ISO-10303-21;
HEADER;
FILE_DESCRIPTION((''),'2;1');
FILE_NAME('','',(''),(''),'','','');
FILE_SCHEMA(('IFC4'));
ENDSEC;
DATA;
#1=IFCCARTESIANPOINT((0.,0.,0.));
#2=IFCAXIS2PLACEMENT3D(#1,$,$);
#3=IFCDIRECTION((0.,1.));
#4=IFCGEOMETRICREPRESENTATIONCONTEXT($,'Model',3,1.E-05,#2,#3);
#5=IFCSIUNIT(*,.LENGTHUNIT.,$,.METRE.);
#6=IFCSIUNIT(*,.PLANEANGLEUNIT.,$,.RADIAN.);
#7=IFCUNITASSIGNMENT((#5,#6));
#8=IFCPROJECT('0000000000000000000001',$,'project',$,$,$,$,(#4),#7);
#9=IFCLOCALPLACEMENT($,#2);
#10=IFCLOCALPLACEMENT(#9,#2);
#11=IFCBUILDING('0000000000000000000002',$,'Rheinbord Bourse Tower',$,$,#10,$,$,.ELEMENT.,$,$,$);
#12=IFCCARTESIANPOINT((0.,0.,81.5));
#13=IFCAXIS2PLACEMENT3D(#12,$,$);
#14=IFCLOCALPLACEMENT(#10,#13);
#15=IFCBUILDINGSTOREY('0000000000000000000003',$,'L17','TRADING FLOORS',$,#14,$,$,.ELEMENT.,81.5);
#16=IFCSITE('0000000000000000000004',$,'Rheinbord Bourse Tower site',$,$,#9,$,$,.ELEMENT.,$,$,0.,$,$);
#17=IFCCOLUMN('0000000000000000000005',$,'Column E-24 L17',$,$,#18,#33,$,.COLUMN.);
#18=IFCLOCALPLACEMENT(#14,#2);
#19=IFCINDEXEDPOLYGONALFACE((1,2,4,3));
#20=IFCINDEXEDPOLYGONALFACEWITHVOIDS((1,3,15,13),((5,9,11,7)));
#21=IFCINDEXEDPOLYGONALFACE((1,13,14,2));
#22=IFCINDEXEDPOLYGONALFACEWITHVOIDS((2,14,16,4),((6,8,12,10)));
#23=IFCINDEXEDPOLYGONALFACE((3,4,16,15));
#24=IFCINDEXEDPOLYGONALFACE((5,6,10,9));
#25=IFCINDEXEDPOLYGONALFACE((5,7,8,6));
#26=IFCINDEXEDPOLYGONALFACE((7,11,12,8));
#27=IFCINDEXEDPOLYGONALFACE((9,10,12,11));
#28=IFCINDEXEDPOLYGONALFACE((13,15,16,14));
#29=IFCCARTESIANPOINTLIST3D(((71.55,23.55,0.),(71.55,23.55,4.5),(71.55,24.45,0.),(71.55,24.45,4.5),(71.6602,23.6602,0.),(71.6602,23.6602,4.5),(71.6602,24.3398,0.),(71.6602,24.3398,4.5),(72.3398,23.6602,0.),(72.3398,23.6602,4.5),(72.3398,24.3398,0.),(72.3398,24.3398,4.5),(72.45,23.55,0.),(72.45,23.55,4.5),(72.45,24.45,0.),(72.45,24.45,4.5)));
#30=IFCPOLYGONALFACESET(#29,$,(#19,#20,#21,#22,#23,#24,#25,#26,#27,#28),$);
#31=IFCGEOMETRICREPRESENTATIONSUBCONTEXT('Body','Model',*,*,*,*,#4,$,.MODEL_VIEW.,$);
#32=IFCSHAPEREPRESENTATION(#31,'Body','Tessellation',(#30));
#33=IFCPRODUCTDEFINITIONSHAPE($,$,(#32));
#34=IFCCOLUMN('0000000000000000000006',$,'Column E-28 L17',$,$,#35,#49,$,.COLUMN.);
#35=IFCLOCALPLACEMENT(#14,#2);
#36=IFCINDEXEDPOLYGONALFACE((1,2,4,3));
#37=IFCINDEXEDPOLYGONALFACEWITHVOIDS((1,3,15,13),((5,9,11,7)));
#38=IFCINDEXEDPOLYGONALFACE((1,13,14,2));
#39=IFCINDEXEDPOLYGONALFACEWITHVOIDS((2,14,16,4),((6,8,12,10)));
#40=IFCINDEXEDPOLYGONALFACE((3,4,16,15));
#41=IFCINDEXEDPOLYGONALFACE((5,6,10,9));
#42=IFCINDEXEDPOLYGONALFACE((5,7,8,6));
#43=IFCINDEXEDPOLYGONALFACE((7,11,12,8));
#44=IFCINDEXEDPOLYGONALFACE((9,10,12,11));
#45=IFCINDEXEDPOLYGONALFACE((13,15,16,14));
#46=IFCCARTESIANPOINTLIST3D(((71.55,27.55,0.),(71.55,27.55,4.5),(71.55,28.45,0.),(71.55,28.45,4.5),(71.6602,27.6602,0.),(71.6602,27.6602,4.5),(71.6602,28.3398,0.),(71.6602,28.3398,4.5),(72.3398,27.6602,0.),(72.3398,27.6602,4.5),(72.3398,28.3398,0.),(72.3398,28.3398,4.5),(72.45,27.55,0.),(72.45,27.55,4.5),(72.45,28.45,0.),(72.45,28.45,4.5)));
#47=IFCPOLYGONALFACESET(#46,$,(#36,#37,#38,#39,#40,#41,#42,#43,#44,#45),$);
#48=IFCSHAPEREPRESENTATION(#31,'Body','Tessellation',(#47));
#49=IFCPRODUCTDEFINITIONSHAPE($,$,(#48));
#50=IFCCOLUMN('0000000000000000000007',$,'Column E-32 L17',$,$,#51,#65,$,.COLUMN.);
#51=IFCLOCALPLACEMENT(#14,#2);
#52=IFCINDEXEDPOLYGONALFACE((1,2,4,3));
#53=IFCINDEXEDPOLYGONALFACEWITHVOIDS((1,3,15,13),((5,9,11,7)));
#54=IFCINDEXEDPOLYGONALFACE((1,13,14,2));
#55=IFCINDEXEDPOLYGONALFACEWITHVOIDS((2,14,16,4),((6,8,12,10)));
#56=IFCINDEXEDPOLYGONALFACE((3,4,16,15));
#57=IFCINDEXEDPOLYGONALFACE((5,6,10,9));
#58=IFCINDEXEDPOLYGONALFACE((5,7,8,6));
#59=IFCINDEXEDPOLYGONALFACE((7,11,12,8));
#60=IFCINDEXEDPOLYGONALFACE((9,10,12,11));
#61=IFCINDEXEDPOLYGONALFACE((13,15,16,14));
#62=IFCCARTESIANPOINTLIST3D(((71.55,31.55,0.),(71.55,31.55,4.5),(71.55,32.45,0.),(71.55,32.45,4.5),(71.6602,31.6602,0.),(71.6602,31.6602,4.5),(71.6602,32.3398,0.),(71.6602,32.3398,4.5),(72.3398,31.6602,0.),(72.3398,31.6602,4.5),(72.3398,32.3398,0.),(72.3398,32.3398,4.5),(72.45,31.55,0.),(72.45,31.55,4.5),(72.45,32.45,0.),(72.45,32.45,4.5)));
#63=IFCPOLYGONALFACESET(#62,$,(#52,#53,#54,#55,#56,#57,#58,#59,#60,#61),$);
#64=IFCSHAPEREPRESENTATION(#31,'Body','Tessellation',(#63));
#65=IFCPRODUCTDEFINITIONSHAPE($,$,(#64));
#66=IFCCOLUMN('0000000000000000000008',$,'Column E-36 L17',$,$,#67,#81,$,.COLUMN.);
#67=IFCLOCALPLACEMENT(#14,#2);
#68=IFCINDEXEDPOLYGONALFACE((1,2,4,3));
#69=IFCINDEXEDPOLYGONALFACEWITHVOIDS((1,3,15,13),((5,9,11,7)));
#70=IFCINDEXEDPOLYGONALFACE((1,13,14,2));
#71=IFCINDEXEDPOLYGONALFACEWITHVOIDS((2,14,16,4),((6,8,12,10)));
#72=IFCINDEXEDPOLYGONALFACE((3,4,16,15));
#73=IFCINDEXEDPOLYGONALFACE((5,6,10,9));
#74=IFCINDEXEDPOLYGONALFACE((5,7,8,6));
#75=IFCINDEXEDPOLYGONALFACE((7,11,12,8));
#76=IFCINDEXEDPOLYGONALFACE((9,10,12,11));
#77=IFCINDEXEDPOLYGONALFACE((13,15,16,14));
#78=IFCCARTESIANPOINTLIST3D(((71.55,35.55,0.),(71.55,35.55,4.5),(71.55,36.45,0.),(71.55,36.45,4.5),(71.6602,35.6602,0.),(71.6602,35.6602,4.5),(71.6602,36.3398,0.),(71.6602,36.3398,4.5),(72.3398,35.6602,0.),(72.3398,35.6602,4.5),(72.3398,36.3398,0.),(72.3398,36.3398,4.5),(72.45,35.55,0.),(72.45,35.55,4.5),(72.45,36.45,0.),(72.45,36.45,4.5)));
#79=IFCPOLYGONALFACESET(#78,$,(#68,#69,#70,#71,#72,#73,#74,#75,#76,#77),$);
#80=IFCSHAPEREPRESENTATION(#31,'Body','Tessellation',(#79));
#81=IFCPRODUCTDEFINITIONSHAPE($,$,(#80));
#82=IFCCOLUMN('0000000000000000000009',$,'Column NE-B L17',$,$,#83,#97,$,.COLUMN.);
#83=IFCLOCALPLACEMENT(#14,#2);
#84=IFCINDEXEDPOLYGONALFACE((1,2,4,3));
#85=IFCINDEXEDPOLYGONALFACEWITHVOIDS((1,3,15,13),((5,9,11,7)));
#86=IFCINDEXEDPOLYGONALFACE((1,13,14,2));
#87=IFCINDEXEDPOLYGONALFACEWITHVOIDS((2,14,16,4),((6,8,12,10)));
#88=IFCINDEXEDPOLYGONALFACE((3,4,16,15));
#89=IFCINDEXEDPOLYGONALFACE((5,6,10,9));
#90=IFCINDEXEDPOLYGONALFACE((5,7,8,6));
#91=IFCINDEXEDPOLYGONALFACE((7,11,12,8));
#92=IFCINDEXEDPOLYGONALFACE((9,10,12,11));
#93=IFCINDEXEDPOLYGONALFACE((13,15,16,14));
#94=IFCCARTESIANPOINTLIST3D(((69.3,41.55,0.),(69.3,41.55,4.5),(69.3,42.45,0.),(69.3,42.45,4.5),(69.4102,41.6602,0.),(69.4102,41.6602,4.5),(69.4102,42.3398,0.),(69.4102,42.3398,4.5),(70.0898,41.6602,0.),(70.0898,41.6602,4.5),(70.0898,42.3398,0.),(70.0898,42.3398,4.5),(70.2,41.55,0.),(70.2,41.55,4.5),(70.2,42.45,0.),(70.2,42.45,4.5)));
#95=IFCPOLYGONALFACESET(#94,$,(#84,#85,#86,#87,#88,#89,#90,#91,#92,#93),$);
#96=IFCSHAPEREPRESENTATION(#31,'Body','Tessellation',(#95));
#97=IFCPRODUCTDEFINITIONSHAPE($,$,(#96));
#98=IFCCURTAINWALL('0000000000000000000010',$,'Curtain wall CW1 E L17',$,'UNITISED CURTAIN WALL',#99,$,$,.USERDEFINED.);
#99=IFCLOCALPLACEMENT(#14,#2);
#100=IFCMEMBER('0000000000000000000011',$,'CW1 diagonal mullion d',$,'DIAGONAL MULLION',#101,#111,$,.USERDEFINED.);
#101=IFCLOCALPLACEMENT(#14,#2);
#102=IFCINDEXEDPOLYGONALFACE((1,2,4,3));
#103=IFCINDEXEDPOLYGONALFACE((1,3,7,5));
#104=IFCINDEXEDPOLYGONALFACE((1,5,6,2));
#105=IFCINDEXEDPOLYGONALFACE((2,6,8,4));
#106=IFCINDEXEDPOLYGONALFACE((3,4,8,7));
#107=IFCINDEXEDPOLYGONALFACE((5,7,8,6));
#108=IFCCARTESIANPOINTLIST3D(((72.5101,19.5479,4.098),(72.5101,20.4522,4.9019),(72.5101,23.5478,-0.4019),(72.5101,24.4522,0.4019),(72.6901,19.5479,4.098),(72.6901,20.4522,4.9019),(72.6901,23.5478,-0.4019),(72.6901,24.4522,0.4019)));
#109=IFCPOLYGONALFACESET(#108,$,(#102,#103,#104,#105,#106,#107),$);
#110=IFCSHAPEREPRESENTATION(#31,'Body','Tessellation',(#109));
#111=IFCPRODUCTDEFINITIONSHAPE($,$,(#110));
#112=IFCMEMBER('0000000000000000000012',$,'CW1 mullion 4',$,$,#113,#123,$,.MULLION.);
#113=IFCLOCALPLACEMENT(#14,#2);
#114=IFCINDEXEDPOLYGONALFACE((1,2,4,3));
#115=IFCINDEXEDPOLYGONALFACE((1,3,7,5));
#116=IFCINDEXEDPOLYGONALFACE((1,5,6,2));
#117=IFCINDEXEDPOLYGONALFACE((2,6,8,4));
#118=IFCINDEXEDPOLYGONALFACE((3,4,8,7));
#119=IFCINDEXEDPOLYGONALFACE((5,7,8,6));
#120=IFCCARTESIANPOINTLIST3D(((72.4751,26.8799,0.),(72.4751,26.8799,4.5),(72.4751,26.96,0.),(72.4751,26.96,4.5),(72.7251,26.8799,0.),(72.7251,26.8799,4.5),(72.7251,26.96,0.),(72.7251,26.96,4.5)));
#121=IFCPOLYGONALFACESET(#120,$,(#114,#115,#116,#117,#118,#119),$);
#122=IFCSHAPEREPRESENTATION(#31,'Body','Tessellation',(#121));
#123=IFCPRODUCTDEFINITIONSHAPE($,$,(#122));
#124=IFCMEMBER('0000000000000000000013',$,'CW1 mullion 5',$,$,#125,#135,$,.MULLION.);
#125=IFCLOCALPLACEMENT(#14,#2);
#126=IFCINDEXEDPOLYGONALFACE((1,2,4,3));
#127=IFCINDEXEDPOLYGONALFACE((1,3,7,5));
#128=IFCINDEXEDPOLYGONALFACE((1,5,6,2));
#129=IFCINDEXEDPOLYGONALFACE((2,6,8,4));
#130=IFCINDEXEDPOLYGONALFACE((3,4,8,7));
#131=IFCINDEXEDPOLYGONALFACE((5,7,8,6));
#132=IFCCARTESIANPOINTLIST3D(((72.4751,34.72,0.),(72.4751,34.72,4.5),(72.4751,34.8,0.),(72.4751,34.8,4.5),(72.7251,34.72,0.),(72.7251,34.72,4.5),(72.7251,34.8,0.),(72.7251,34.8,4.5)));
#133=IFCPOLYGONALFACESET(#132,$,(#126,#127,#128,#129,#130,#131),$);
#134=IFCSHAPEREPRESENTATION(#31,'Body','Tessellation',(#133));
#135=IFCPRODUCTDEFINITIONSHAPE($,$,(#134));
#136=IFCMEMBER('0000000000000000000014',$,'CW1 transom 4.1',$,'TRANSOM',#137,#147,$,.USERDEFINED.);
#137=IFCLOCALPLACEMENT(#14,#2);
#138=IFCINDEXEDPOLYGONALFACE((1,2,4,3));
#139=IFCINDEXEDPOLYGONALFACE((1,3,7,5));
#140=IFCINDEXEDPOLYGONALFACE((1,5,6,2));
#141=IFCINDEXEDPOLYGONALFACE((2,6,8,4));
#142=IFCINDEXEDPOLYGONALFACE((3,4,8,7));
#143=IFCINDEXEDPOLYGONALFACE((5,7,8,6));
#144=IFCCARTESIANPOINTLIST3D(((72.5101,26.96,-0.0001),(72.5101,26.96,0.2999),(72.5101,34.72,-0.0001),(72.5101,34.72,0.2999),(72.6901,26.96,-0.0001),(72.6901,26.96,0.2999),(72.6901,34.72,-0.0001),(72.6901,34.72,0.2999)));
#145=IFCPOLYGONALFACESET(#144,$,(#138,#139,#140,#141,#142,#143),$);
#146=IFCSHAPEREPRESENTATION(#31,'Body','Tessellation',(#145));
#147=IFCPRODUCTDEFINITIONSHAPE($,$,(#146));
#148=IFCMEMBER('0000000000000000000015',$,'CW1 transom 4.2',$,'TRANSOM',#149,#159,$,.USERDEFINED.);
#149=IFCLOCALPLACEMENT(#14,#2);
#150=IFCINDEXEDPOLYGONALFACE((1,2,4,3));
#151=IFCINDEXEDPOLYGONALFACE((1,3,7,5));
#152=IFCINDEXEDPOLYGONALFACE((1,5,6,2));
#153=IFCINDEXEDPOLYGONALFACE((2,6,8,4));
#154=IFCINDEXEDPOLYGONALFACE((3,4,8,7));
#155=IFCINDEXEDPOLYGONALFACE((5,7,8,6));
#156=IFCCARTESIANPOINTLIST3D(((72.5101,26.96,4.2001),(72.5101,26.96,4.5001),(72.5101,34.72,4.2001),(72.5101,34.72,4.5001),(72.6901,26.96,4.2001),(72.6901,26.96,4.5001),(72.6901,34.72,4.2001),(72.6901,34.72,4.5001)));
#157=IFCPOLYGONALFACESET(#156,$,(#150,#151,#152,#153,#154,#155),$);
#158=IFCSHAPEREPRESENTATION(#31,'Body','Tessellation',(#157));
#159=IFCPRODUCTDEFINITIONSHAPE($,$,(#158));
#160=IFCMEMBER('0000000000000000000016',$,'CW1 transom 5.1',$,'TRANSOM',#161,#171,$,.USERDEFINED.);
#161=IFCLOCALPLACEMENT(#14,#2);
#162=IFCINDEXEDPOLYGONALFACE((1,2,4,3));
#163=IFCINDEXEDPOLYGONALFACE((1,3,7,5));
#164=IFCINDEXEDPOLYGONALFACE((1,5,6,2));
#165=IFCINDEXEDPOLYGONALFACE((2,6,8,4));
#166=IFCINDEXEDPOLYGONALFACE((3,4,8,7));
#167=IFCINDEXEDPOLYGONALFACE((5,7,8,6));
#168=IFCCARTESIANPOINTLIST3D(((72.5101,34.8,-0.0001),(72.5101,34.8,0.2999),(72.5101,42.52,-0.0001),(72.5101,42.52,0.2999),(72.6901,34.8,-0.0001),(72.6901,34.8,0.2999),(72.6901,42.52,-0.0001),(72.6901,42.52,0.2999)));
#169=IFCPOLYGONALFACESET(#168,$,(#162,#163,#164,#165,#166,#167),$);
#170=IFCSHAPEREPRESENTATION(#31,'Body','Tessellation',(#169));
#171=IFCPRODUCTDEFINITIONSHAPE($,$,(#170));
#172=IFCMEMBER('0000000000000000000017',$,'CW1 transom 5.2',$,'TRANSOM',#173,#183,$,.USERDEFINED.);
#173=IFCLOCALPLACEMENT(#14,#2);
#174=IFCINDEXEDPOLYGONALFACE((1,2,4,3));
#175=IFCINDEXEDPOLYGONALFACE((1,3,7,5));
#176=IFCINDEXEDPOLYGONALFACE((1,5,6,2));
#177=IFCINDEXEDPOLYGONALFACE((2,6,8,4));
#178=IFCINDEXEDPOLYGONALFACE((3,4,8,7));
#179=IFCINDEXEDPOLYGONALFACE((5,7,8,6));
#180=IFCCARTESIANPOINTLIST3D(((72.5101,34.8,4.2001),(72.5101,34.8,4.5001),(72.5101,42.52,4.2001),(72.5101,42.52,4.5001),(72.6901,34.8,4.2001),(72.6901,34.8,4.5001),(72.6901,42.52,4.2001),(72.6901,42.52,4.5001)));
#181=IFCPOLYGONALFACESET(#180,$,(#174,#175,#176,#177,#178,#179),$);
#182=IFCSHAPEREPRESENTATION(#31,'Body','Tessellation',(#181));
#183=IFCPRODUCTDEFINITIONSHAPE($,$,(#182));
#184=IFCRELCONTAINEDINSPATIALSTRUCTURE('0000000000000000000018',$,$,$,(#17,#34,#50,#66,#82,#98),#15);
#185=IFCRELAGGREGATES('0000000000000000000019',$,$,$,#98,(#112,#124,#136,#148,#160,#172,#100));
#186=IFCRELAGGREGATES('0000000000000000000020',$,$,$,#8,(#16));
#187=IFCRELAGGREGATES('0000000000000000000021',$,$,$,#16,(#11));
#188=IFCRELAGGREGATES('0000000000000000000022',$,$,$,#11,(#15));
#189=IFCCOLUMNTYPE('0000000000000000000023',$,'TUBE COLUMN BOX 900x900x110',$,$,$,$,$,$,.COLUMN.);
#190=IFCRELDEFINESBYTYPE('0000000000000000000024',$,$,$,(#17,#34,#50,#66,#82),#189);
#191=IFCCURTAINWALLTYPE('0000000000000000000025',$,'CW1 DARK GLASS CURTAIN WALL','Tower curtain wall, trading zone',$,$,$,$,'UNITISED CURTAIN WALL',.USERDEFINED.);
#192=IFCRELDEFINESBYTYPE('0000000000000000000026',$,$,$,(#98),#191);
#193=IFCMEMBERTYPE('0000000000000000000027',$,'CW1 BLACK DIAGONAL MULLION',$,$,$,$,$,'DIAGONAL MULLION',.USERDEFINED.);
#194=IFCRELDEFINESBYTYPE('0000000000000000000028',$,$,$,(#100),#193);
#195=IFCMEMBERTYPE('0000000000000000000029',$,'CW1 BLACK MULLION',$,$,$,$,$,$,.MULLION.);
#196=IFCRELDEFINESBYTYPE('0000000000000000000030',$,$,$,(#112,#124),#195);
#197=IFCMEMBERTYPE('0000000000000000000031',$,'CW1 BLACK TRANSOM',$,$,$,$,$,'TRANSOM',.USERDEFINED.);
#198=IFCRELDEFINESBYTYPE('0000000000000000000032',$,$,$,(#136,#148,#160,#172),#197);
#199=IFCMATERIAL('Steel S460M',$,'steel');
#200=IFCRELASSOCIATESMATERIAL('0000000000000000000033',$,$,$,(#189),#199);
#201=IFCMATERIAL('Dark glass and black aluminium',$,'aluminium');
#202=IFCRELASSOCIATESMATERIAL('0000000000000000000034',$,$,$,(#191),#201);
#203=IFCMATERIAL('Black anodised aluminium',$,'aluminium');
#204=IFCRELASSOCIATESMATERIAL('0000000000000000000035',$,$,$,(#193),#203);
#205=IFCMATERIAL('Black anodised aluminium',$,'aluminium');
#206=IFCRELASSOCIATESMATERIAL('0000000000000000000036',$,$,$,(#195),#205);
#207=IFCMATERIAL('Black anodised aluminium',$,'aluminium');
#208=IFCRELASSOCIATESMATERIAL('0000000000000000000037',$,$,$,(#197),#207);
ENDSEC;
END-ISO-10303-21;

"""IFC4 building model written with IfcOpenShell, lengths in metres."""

from ifc_helpers import new_model, si_unit, direction, frame, origin, origin_2d, place, context, subcontext, project, spatial, rectangle, hollow_rectangle, extrude, material, material_profile, profile_set, type_object, element, aggregate, save


model = new_model("IFC4")

# Units and contexts
model_context = context("Model", 3, precision=1e-05, world=origin(), true_north=direction((0.0, 1.0)))
body_context = subcontext(model_context, "Body", "Model", "MODEL_VIEW")
ifc_project = project(units=[si_unit("LENGTHUNIT", "METRE"), si_unit("PLANEANGLEUNIT", "RADIAN")], contexts=[model_context])

# Site, building, storey
site_placement = place(None, origin())
site = spatial("IfcSite", under=ifc_project, at=site_placement, Name="Rheinbord Bourse Tower site", CompositionType="ELEMENT", RefElevation=0.0)
building_placement = place(site_placement, origin())
building = spatial("IfcBuilding", under=site, at=building_placement, Name="Rheinbord Bourse Tower", CompositionType="ELEMENT")
storey_placement = place(building_placement, frame((0.0, 0.0, 81.5)))
storey = spatial("IfcBuildingStorey", under=building, at=storey_placement, Name="L17", Description="TRADING FLOORS", CompositionType="ELEMENT", Elevation=81.5)

# Columns
ifc_material_1 = material(Name="Steel S460M", Category="steel")
ifc_material_profile_1 = material_profile(ifc_material_1, hollow_rectangle(XDim=0.8999, YDim=0.8999, WallThickness=0.1101, at=origin_2d()), Name="BOX 900x900x110")
ifc_profile_set_1 = profile_set([ifc_material_profile_1], Name="Steel S460M")
column_type = type_object("IfcColumnType", Name="TUBE COLUMN BOX 900x900x110", PredefinedType="COLUMN", material=ifc_profile_set_1)
for number, where, z_axis, x_axis, name in (
    (1, (72.0, 24.0, 0.0), (0.0, 0.0, 1.0), (1.0, 0.0, 0.0), "Column E-24 L17"),
    (2, (72.0, 28.0, 0.0), (0.0, 0.0, 1.0), (1.0, 0.0, 0.0), "Column E-28 L17"),
    (3, (72.0, 32.0, 0.0), (0.0, 0.0, 1.0), (1.0, 0.0, 0.0), "Column E-32 L17"),
    (4, (72.0, 36.0, 0.0), (0.0, 0.0, 1.0), (1.0, 0.0, 0.0), "Column E-36 L17"),
    (5, (69.75, 42.0, 0.0), (0.0, 0.0, 1.0), (1.0, 0.0, 0.0), "Column NE-B L17"),
):
    element("IfcColumn", number, at=place(storey_placement, frame(where, z_axis=z_axis, x_axis=x_axis)), inside=storey, type_object=column_type, Name=name, PredefinedType="COLUMN", context=body_context, shape_type="SweptSolid", body=[
        extrude(hollow_rectangle(XDim=0.8999, YDim=0.8999, WallThickness=0.1101, at=origin_2d()), origin(), (0.0, 0.0, 1.0), 4.5),
    ])

# Curtain wall, members
ifc_material_2 = material(Name="Dark glass and black aluminium", Category="aluminium")
curtain_wall_type = type_object("IfcCurtainWallType", Name="CW1 DARK GLASS CURTAIN WALL", Description="Tower curtain wall, trading zone", ElementType="UNITISED CURTAIN WALL", PredefinedType="USERDEFINED", material=ifc_material_2)
curtain_wall_placement = place(storey_placement, origin())
curtain_wall = element("IfcCurtainWall", 6, at=curtain_wall_placement, inside=storey, type_object=curtain_wall_type, Name="Curtain wall CW1 E L17", ObjectType="UNITISED CURTAIN WALL", PredefinedType="USERDEFINED")
ifc_material_3 = material(Name="Black anodised aluminium", Category="aluminium")
ifc_material_profile_2 = material_profile(ifc_material_3, rectangle(XDim=0.1799, YDim=1.21, at=origin_2d()), Name="CW1 DIAGONAL MULLION 1210x180")
ifc_profile_set_2 = profile_set([ifc_material_profile_2], Name="Black anodised aluminium")
member_type_1 = type_object("IfcMemberType", Name="CW1 BLACK DIAGONAL MULLION", ElementType="DIAGONAL MULLION", PredefinedType="USERDEFINED", material=ifc_profile_set_2)
member_1_placement = place(storey_placement, frame((72.6001, 24.0, 0.0), z_axis=(0.0, -0.664364, 0.747409), x_axis=(1.0, 0.0, 0.0)))
member_1 = element("IfcMember", 7, at=member_1_placement, type_object=member_type_1, Name="CW1 diagonal mullion d", ObjectType="DIAGONAL MULLION", PredefinedType="USERDEFINED", context=body_context, shape_type="SweptSolid", body=[
    extrude(rectangle(XDim=0.1799, YDim=1.21, at=origin_2d()), origin(), (0.0, 0.0, 1.0), 6.0208),
])
ifc_material_4 = material(Name="Black anodised aluminium", Category="aluminium")
ifc_material_profile_3 = material_profile(ifc_material_4, rectangle(XDim=0.25, YDim=0.0801, at=origin_2d()), Name="CW1 MULLION 80x250")
ifc_profile_set_3 = profile_set([ifc_material_profile_3], Name="Black anodised aluminium")
member_type_2 = type_object("IfcMemberType", Name="CW1 BLACK MULLION", PredefinedType="MULLION", material=ifc_profile_set_3)
member_2_placement = place(storey_placement, frame((72.6001, 26.9199, 0.0), z_axis=(0.0, 0.0, 1.0), x_axis=(-1.0, 0.0, 0.0)))
member_2 = element("IfcMember", 8, at=member_2_placement, type_object=member_type_2, Name="CW1 mullion 4", PredefinedType="MULLION", context=body_context, shape_type="SweptSolid", body=[
    extrude(rectangle(XDim=0.25, YDim=0.0801, at=origin_2d()), origin(), (0.0, 0.0, 1.0), 4.5),
])
member_3_placement = place(storey_placement, frame((72.6001, 34.76, 0.0), z_axis=(0.0, 0.0, 1.0), x_axis=(-1.0, 0.0, 0.0)))
member_3 = element("IfcMember", 9, at=member_3_placement, type_object=member_type_2, Name="CW1 mullion 5", PredefinedType="MULLION", context=body_context, shape_type="SweptSolid", body=[
    extrude(rectangle(XDim=0.25, YDim=0.0801, at=origin_2d()), origin(), (0.0, 0.0, 1.0), 4.5),
])
ifc_material_5 = material(Name="Black anodised aluminium", Category="aluminium")
ifc_material_profile_4 = material_profile(ifc_material_5, rectangle(XDim=0.1799, YDim=0.3, at=origin_2d()), Name="CW1 TRANSOM 300x180")
ifc_profile_set_4 = profile_set([ifc_material_profile_4], Name="Black anodised aluminium")
member_type_3 = type_object("IfcMemberType", Name="CW1 BLACK TRANSOM", ElementType="TRANSOM", PredefinedType="USERDEFINED", material=ifc_profile_set_4)
member_4_placement = place(storey_placement, frame((72.6001, 26.96, 0.1499), z_axis=(0.0, 1.0, 0.0), x_axis=(-1.0, 0.0, 0.0)))
member_4 = element("IfcMember", 10, at=member_4_placement, type_object=member_type_3, Name="CW1 transom 4.1", ObjectType="TRANSOM", PredefinedType="USERDEFINED", context=body_context, shape_type="SweptSolid", body=[
    extrude(rectangle(XDim=0.1799, YDim=0.3, at=origin_2d()), origin(), (0.0, 0.0, 1.0), 7.76),
])
member_5_placement = place(storey_placement, frame((72.6001, 26.96, 4.3501), z_axis=(0.0, 1.0, 0.0), x_axis=(-1.0, 0.0, 0.0)))
member_5 = element("IfcMember", 11, at=member_5_placement, type_object=member_type_3, Name="CW1 transom 4.2", ObjectType="TRANSOM", PredefinedType="USERDEFINED", context=body_context, shape_type="SweptSolid", body=[
    extrude(rectangle(XDim=0.1799, YDim=0.3, at=origin_2d()), origin(), (0.0, 0.0, 1.0), 7.76),
])
member_6_placement = place(storey_placement, frame((72.6001, 34.8, 0.1499), z_axis=(0.0, 1.0, 0.0), x_axis=(-1.0, 0.0, 0.0)))
member_6 = element("IfcMember", 12, at=member_6_placement, type_object=member_type_3, Name="CW1 transom 5.1", ObjectType="TRANSOM", PredefinedType="USERDEFINED", context=body_context, shape_type="SweptSolid", body=[
    extrude(rectangle(XDim=0.1799, YDim=0.3, at=origin_2d()), origin(), (0.0, 0.0, 1.0), 7.72),
])
member_7_placement = place(storey_placement, frame((72.6001, 34.8, 4.3501), z_axis=(0.0, 1.0, 0.0), x_axis=(-1.0, 0.0, 0.0)))
member_7 = element("IfcMember", 13, at=member_7_placement, type_object=member_type_3, Name="CW1 transom 5.2", ObjectType="TRANSOM", PredefinedType="USERDEFINED", context=body_context, shape_type="SweptSolid", body=[
    extrude(rectangle(XDim=0.1799, YDim=0.3, at=origin_2d()), origin(), (0.0, 0.0, 1.0), 7.72),
])

aggregate(curtain_wall, [member_2, member_3, member_4, member_5, member_6, member_7, member_1])

save(model, "model.ifc")
